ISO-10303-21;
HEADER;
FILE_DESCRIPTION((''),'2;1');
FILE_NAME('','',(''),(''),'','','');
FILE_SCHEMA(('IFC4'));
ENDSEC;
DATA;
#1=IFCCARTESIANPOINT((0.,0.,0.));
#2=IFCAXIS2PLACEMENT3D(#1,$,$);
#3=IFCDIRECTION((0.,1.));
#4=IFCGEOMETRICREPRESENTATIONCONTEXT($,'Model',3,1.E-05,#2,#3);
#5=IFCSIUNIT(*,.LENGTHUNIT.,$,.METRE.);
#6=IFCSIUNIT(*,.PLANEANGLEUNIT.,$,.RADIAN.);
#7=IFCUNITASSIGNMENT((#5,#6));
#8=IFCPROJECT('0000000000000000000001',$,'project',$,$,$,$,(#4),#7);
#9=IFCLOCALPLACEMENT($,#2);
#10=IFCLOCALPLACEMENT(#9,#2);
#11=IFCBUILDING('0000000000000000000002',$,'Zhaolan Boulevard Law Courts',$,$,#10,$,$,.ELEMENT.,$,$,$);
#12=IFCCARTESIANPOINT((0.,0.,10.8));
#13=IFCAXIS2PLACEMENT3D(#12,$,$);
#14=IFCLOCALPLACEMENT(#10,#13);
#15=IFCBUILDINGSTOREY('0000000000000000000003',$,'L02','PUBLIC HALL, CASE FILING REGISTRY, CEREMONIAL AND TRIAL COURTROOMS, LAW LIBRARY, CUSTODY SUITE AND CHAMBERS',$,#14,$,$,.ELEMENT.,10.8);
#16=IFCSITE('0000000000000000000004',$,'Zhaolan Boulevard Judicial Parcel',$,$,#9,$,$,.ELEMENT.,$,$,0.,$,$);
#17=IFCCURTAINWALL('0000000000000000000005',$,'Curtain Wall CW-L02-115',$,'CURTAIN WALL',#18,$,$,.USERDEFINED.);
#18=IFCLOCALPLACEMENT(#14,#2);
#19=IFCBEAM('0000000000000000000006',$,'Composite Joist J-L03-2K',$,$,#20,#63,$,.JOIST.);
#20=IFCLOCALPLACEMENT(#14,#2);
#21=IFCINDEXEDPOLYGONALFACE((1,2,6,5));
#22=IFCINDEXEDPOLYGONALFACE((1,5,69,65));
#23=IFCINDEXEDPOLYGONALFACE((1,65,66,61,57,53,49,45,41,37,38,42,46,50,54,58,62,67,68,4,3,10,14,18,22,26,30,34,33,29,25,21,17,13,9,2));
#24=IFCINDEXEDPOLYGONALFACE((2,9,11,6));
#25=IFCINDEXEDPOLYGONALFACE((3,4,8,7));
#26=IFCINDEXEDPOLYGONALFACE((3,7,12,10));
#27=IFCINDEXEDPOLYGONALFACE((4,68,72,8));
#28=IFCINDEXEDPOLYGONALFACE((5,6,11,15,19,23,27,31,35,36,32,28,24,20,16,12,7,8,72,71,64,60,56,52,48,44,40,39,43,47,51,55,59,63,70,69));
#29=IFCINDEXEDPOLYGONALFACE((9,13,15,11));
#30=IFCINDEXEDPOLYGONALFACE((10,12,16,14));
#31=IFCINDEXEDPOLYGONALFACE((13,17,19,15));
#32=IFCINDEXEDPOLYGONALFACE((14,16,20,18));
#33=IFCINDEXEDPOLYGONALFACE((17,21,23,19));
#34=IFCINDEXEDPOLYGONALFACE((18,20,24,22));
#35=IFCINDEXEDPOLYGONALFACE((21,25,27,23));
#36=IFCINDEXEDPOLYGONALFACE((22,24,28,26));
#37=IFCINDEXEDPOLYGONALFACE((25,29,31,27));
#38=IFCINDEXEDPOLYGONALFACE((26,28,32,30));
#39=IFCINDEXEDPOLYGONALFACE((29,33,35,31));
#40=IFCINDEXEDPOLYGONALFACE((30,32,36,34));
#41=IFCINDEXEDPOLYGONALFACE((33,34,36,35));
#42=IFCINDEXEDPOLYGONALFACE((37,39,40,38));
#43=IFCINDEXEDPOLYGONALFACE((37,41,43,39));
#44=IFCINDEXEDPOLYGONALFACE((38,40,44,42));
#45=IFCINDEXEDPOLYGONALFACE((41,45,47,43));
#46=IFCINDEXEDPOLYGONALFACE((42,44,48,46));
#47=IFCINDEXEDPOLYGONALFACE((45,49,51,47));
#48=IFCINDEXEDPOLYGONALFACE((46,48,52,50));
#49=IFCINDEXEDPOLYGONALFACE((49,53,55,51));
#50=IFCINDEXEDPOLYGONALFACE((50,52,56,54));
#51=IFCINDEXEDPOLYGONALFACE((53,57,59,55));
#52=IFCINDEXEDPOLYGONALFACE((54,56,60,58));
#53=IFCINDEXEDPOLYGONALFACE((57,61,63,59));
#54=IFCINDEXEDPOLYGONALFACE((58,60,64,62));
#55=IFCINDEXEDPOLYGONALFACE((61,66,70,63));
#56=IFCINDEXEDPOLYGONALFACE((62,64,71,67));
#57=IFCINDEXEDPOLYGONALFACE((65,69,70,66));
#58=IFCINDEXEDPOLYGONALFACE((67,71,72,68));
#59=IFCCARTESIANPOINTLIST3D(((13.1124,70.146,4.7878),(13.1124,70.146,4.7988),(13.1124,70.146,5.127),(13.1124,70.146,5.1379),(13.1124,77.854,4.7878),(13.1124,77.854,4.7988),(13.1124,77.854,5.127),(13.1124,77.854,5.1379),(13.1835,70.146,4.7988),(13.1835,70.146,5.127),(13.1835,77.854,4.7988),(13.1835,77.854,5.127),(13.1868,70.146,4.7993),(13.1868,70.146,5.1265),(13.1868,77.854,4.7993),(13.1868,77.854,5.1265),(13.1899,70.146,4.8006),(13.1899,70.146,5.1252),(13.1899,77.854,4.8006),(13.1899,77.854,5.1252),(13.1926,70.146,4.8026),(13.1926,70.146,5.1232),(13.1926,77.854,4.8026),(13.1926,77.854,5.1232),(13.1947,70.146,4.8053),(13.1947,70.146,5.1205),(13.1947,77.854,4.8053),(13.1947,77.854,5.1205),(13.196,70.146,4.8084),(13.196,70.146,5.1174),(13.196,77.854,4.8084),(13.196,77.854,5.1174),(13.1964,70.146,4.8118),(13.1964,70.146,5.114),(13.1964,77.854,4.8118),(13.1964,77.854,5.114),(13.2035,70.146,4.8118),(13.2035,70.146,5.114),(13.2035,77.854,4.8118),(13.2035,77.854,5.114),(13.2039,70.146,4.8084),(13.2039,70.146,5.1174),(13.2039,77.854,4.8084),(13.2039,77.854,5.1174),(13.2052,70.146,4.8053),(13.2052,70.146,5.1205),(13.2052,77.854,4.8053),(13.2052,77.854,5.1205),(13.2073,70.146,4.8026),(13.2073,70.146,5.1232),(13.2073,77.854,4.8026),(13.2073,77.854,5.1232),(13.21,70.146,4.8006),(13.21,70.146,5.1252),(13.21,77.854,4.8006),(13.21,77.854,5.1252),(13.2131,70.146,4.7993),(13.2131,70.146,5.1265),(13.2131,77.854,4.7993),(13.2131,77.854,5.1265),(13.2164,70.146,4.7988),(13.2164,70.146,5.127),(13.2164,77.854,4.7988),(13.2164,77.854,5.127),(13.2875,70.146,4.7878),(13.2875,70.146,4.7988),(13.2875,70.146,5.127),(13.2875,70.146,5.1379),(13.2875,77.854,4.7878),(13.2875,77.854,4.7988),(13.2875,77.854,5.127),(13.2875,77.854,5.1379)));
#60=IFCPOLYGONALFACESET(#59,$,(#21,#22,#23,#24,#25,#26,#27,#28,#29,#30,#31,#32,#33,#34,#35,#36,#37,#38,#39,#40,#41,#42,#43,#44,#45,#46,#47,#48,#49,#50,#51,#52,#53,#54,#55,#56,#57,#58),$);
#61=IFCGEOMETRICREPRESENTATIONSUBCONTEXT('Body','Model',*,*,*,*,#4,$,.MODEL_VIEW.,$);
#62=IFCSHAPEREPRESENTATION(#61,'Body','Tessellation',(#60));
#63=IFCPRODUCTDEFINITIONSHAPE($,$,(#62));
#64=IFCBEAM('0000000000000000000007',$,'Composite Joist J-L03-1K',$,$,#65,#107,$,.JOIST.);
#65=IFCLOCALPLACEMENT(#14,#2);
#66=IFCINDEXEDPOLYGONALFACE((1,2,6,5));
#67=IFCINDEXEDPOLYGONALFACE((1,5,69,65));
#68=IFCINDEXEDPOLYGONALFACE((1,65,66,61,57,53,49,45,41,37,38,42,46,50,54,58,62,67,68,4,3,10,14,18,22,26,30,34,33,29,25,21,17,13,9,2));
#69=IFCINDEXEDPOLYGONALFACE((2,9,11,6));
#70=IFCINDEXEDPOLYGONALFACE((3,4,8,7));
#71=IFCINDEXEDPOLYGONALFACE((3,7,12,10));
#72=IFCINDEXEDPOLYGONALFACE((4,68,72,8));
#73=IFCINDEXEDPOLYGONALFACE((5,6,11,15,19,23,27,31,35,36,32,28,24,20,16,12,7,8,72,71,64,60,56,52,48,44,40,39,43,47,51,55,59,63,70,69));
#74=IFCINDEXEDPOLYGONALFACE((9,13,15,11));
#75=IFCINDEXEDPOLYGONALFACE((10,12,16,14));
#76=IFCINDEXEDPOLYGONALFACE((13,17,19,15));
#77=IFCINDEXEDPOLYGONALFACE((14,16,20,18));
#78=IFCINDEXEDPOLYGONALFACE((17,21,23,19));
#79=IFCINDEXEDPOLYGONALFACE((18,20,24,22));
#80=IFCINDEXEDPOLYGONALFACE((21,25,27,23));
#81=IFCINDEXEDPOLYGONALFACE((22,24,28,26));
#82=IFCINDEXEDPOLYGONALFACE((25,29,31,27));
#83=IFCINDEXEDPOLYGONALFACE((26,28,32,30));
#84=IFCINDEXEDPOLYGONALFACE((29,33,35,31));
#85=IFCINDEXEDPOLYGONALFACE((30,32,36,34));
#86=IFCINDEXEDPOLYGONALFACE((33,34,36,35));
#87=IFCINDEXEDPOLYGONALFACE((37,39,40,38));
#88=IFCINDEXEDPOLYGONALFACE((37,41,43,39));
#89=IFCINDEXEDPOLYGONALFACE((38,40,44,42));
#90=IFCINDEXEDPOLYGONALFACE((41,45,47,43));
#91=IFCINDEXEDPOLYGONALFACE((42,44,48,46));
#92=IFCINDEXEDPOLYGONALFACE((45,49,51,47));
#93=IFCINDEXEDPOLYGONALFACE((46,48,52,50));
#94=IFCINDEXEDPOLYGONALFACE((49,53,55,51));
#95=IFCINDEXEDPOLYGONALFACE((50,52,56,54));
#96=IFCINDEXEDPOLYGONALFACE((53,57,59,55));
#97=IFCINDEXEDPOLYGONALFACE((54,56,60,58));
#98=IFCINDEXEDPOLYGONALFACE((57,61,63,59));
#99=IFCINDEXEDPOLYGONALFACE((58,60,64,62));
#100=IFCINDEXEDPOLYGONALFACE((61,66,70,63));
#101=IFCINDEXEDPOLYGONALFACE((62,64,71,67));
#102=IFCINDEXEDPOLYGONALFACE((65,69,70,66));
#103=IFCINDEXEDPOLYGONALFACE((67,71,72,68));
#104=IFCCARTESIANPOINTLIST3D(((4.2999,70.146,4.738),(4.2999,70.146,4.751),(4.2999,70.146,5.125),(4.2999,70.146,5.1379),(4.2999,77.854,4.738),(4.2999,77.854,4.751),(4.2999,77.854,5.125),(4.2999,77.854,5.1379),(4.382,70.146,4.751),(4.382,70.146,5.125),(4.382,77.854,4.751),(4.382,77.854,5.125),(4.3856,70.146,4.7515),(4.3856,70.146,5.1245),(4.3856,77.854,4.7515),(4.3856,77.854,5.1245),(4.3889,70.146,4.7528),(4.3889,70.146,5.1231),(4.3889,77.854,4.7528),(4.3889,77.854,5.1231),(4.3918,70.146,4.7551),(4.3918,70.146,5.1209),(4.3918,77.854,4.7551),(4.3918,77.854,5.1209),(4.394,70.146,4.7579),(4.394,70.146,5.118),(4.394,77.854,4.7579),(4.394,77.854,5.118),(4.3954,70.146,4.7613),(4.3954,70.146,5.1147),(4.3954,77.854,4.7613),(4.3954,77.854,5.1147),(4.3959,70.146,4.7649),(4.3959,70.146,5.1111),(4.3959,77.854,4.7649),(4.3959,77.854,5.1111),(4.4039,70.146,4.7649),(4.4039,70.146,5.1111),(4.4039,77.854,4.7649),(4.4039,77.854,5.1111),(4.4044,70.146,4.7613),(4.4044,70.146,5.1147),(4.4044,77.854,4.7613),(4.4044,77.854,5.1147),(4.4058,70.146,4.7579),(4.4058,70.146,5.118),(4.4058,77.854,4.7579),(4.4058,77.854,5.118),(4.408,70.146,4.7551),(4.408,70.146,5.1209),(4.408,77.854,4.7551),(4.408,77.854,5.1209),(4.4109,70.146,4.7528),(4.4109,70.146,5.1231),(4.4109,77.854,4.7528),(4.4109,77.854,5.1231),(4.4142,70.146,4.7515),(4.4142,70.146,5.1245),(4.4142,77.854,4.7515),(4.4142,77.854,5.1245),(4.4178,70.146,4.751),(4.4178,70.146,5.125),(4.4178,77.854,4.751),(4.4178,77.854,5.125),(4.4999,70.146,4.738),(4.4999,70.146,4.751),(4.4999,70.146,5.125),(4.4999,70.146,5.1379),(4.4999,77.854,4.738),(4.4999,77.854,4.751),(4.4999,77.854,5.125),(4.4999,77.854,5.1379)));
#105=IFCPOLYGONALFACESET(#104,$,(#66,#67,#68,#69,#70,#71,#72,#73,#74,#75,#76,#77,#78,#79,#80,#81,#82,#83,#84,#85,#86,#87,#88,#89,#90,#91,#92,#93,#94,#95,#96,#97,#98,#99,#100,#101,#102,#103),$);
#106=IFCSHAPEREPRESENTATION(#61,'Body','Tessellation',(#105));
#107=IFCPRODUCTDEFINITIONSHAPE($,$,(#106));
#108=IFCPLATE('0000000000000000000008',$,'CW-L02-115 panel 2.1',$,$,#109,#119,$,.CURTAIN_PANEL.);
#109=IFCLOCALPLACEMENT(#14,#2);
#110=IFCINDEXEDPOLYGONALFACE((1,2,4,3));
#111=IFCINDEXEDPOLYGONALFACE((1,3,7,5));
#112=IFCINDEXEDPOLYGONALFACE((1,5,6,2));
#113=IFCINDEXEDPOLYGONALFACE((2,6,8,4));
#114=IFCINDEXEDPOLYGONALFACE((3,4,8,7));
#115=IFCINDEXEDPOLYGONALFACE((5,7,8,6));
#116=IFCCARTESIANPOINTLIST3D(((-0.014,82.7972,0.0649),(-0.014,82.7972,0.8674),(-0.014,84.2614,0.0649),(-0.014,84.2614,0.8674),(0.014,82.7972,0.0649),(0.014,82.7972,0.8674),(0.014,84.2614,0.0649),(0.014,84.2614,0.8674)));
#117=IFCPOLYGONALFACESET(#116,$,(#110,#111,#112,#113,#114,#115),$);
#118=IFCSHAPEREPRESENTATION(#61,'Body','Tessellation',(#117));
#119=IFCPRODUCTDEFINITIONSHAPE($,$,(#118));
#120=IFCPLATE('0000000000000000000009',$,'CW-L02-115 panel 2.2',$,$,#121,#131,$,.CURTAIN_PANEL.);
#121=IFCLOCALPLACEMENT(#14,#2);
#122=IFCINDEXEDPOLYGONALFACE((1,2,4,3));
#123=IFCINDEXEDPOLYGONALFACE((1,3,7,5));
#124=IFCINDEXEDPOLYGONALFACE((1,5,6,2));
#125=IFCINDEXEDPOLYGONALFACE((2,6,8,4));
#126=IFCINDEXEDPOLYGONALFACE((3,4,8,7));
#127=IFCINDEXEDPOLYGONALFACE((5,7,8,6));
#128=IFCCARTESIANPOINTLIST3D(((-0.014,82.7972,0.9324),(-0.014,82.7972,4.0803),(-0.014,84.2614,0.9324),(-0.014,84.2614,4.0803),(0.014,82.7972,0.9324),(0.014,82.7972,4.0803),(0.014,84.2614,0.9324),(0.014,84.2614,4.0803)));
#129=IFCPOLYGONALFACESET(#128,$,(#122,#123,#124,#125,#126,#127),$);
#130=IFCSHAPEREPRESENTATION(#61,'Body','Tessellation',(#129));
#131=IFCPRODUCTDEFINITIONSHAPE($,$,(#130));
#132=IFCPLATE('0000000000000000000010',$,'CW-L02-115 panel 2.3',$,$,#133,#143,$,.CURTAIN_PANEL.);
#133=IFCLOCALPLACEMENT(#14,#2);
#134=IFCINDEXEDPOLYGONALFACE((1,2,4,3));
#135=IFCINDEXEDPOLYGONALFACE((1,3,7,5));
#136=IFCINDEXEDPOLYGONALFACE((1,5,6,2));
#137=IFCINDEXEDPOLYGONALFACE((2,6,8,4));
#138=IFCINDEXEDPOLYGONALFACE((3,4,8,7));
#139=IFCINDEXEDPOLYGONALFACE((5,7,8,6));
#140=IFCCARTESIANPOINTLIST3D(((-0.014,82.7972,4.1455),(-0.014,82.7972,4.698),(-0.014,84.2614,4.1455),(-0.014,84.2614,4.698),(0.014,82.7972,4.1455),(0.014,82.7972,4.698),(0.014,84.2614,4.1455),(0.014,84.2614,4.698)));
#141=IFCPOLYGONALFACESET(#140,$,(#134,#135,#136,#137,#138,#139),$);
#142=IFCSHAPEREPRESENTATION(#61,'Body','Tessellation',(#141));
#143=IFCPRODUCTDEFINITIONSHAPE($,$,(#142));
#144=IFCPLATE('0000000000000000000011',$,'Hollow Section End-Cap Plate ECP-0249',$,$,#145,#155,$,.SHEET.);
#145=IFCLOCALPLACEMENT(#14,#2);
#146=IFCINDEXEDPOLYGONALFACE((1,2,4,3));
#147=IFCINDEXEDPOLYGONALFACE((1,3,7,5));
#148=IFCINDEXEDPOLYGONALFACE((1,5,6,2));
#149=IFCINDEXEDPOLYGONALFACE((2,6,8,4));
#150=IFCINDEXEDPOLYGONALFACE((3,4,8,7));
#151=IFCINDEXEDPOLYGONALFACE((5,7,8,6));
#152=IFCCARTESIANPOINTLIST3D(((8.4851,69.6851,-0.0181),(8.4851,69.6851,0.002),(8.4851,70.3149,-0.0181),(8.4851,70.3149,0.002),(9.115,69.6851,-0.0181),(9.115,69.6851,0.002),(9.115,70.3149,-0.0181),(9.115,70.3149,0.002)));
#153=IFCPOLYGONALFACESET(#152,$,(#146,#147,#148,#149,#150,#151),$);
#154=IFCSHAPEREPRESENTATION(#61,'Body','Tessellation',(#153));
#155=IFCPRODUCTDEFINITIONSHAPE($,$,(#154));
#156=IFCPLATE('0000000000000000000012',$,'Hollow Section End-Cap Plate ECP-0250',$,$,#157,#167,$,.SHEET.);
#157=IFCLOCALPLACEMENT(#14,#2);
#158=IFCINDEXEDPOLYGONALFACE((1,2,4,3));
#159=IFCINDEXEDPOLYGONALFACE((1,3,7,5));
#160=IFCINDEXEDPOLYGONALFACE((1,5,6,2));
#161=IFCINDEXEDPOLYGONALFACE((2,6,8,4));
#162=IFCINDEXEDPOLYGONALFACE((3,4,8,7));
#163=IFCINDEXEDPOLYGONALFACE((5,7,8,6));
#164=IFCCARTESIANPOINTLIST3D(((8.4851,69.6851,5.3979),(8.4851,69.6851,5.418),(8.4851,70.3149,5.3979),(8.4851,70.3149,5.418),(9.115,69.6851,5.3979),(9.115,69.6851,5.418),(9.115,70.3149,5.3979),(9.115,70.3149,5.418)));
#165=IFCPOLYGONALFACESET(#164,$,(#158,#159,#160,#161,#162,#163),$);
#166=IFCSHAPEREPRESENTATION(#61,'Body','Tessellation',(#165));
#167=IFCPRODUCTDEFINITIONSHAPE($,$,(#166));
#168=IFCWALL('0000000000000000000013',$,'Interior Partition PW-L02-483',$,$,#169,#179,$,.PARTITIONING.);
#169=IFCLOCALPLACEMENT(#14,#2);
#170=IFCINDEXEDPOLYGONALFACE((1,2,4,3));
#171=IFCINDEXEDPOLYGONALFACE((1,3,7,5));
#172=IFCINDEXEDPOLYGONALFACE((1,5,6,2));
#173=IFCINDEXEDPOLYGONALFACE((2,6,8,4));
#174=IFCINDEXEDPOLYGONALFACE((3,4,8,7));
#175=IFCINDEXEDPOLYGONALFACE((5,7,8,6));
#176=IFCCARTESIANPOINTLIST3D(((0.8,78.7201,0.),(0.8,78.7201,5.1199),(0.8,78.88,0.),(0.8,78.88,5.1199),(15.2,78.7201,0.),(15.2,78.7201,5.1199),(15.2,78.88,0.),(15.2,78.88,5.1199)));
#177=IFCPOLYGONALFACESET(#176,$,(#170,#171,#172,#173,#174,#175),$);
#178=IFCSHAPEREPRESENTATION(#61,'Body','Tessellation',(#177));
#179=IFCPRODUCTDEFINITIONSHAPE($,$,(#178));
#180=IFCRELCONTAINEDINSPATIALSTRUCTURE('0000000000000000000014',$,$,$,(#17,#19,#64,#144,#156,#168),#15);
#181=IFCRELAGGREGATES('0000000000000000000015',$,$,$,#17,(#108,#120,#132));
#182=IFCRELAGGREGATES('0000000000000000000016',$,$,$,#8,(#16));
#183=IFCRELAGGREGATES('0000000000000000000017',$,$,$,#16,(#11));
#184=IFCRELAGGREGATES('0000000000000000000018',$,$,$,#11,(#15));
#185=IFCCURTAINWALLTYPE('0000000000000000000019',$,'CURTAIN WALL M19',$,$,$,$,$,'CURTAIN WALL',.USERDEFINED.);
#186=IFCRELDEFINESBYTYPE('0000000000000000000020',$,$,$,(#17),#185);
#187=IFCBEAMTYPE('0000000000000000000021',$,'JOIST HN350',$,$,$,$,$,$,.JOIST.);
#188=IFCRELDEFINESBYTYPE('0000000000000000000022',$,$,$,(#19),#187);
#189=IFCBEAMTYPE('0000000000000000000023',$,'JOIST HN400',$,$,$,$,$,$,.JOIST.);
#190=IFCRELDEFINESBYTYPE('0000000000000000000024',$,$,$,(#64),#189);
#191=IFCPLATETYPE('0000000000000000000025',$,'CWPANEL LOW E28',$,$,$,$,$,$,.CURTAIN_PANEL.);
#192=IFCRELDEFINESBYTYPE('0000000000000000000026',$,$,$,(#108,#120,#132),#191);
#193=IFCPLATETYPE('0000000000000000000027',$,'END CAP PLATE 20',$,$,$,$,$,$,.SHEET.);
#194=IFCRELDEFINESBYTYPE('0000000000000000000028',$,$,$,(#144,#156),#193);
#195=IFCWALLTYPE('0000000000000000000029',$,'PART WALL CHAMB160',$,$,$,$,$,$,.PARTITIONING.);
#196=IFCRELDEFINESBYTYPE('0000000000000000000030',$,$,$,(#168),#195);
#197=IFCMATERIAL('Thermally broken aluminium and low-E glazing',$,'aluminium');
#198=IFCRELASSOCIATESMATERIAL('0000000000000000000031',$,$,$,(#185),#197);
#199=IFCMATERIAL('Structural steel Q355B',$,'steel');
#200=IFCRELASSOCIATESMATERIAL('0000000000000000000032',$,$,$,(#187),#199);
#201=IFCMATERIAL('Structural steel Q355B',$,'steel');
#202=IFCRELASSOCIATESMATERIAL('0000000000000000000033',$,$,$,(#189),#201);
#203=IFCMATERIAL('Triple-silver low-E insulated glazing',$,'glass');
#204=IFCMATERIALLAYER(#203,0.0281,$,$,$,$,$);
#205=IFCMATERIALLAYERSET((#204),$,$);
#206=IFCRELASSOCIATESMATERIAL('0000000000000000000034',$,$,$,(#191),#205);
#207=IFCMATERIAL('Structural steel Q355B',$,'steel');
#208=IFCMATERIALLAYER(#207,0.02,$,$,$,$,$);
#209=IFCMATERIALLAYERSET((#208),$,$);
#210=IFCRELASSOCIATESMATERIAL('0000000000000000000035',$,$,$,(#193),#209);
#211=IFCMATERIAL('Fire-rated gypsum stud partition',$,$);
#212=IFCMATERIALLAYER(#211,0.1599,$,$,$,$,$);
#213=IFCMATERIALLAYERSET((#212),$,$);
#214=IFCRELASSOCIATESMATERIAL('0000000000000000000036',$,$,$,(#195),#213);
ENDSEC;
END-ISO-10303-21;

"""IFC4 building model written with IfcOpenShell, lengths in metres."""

from ifc_helpers import new_model, si_unit, direction, frame, frame_2d, origin, origin_2d, place, context, subcontext, project, spatial, rectangle, i_section, extrude, material, layer, layer_set, material_profile, profile_set, type_object, element, aggregate, save


model = new_model("IFC4")

# Units and contexts
model_context = context("Model", 3, precision=1e-05, world=origin(), true_north=direction((0.0, 1.0)))
body_context = subcontext(model_context, "Body", "Model", "MODEL_VIEW")
ifc_project = project(units=[si_unit("LENGTHUNIT", "METRE"), si_unit("PLANEANGLEUNIT", "RADIAN")], contexts=[model_context])

# Site, building, storey
site_placement = place(None, origin())
site = spatial("IfcSite", under=ifc_project, at=site_placement, Name="Zhaolan Boulevard Judicial Parcel", CompositionType="ELEMENT", RefElevation=0.0)
building_placement = place(site_placement, origin())
building = spatial("IfcBuilding", under=site, at=building_placement, Name="Zhaolan Boulevard Law Courts", CompositionType="ELEMENT")
storey_placement = place(building_placement, frame((0.0, 0.0, 10.8)))
storey = spatial("IfcBuildingStorey", under=building, at=storey_placement, Name="L02", Description="PUBLIC HALL, CASE FILING REGISTRY, CEREMONIAL AND TRIAL COURTROOMS, LAW LIBRARY, CUSTODY SUITE AND CHAMBERS", CompositionType="ELEMENT", Elevation=10.8)

# Curtain wall
ifc_material_1 = material(Name="Thermally broken aluminium and low-E glazing", Category="aluminium")
curtain_wall_type = type_object("IfcCurtainWallType", Name="CURTAIN WALL M19", ElementType="CURTAIN WALL", PredefinedType="USERDEFINED", material=ifc_material_1)
curtain_wall_placement = place(storey_placement, origin())
curtain_wall = element("IfcCurtainWall", 1, at=curtain_wall_placement, inside=storey, type_object=curtain_wall_type, Name="Curtain Wall CW-L02-115", ObjectType="CURTAIN WALL", PredefinedType="USERDEFINED")

# Beams
ifc_material_2 = material(Name="Structural steel Q355B", Category="steel")
ifc_material_profile_1 = material_profile(ifc_material_2, i_section(OverallWidth=0.175, OverallDepth=0.3501, WebThickness=0.0071, FlangeThickness=0.011, FilletRadius=0.0129, at=origin_2d()), Name="HN350x175")
ifc_profile_set_1 = profile_set([ifc_material_profile_1], Name="Structural steel Q355B")
beam_type_1 = type_object("IfcBeamType", Name="JOIST HN350", PredefinedType="JOIST", material=ifc_profile_set_1)
for number, where, z_axis, x_axis, name in (
    (2, (13.2, 70.146, 4.9629), (0.0, 1.0, 0.0), (-1.0, 0.0, 0.0), "Composite Joist J-L03-2K"),
):
    element("IfcBeam", number, at=place(storey_placement, frame(where, z_axis=z_axis, x_axis=x_axis)), inside=storey, type_object=beam_type_1, Name=name, PredefinedType="JOIST", context=body_context, shape_type="SweptSolid", body=[
        extrude(i_section(OverallWidth=0.175, OverallDepth=0.3501, WebThickness=0.0071, FlangeThickness=0.011, FilletRadius=0.0129, at=origin_2d()), origin(), (0.0, 0.0, 1.0), 7.708),
    ])
ifc_material_3 = material(Name="Structural steel Q355B", Category="steel")
ifc_material_profile_2 = material_profile(ifc_material_3, i_section(OverallWidth=0.2, OverallDepth=0.3999, WebThickness=0.0081, FlangeThickness=0.0129, FilletRadius=0.0139, at=origin_2d()), Name="HN400x200")
ifc_profile_set_2 = profile_set([ifc_material_profile_2], Name="Structural steel Q355B")
beam_type_2 = type_object("IfcBeamType", Name="JOIST HN400", PredefinedType="JOIST", material=ifc_profile_set_2)
beam_1_placement = place(storey_placement, frame((4.3999, 70.146, 4.938), z_axis=(0.0, 1.0, 0.0), x_axis=(-1.0, 0.0, 0.0)))
element("IfcBeam", 3, at=beam_1_placement, inside=storey, type_object=beam_type_2, Name="Composite Joist J-L03-1K", PredefinedType="JOIST", context=body_context, shape_type="SweptSolid", body=[
    extrude(i_section(OverallWidth=0.2, OverallDepth=0.3999, WebThickness=0.0081, FlangeThickness=0.0129, FilletRadius=0.0139, at=origin_2d()), origin(), (0.0, 0.0, 1.0), 7.708),
])

# Plates
ifc_material_4 = material(Name="Triple-silver low-E insulated glazing", Category="glass")
ifc_layer_1 = layer(ifc_material_4, 0.0281)
ifc_layer_set_1 = layer_set([ifc_layer_1])
plate_type_1 = type_object("IfcPlateType", Name="CWPANEL LOW E28", PredefinedType="CURTAIN_PANEL", material=ifc_layer_set_1)
plate_1_placement = place(storey_placement, frame((0.0, 83.5293, 0.0649), z_axis=(0.0, 0.0, 1.0), x_axis=(0.0, -1.0, 0.0)))
plate_1 = element("IfcPlate", 4, at=plate_1_placement, type_object=plate_type_1, Name="CW-L02-115 panel 2.1", PredefinedType="CURTAIN_PANEL", context=body_context, shape_type="SweptSolid", body=[
    extrude(rectangle(XDim=1.4641, YDim=0.0281, at=origin_2d()), origin(), (0.0, 0.0, 1.0), 0.8025),
])
plate_2_placement = place(storey_placement, frame((0.0, 83.5293, 0.9324), z_axis=(0.0, 0.0, 1.0), x_axis=(0.0, -1.0, 0.0)))
plate_2 = element("IfcPlate", 5, at=plate_2_placement, type_object=plate_type_1, Name="CW-L02-115 panel 2.2", PredefinedType="CURTAIN_PANEL", context=body_context, shape_type="SweptSolid", body=[
    extrude(rectangle(XDim=1.4641, YDim=0.0281, at=origin_2d()), origin(), (0.0, 0.0, 1.0), 3.1479),
])
plate_3_placement = place(storey_placement, frame((0.0, 83.5293, 4.1455), z_axis=(0.0, 0.0, 1.0), x_axis=(0.0, -1.0, 0.0)))
plate_3 = element("IfcPlate", 6, at=plate_3_placement, type_object=plate_type_1, Name="CW-L02-115 panel 2.3", PredefinedType="CURTAIN_PANEL", context=body_context, shape_type="SweptSolid", body=[
    extrude(rectangle(XDim=1.4641, YDim=0.0281, at=origin_2d()), origin(), (0.0, 0.0, 1.0), 0.5525),
])
aggregate(curtain_wall, [plate_1, plate_2, plate_3])

# Plates
ifc_material_5 = material(Name="Structural steel Q355B", Category="steel")
ifc_layer_2 = layer(ifc_material_5, 0.02)
ifc_layer_set_2 = layer_set([ifc_layer_2])
plate_type_2 = type_object("IfcPlateType", Name="END CAP PLATE 20", PredefinedType="SHEET", material=ifc_layer_set_2)
for number, where, z_axis, x_axis, name in (
    (7, (8.8, 70.0, -0.0181), (0.0, 0.0, 1.0), (1.0, 0.0, 0.0), "Hollow Section End-Cap Plate ECP-0249"),
    (8, (8.8, 70.0, 5.3979), (0.0, 0.0, 1.0), (1.0, 0.0, 0.0), "Hollow Section End-Cap Plate ECP-0250"),
):
    element("IfcPlate", number, at=place(storey_placement, frame(where, z_axis=z_axis, x_axis=x_axis)), inside=storey, type_object=plate_type_2, Name=name, PredefinedType="SHEET", context=body_context, shape_type="SweptSolid", body=[
        extrude(rectangle(XDim=0.6299, YDim=0.6299, at=origin_2d()), origin(), (0.0, 0.0, 1.0), 0.02),
    ])

# Wall
ifc_material_6 = material(Name="Fire-rated gypsum stud partition")
ifc_layer_3 = layer(ifc_material_6, 0.1599)
ifc_layer_set_3 = layer_set([ifc_layer_3])
wall_type = type_object("IfcWallType", Name="PART WALL CHAMB160", PredefinedType="PARTITIONING", material=ifc_layer_set_3)
wall_1_placement = place(storey_placement, frame((0.8, 78.8, 0.0), z_axis=(0.0, 0.0, 1.0), x_axis=(1.0, 0.0, 0.0)))
element("IfcWall", 9, at=wall_1_placement, inside=storey, type_object=wall_type, Name="Interior Partition PW-L02-483", PredefinedType="PARTITIONING", context=body_context, shape_type="SweptSolid", body=[
    extrude(rectangle(XDim=14.3999, YDim=0.1599, at=frame_2d((7.2, 0.0))), origin(), (0.0, 0.0, 1.0), 5.1199),
])

save(model, "model.ifc")
